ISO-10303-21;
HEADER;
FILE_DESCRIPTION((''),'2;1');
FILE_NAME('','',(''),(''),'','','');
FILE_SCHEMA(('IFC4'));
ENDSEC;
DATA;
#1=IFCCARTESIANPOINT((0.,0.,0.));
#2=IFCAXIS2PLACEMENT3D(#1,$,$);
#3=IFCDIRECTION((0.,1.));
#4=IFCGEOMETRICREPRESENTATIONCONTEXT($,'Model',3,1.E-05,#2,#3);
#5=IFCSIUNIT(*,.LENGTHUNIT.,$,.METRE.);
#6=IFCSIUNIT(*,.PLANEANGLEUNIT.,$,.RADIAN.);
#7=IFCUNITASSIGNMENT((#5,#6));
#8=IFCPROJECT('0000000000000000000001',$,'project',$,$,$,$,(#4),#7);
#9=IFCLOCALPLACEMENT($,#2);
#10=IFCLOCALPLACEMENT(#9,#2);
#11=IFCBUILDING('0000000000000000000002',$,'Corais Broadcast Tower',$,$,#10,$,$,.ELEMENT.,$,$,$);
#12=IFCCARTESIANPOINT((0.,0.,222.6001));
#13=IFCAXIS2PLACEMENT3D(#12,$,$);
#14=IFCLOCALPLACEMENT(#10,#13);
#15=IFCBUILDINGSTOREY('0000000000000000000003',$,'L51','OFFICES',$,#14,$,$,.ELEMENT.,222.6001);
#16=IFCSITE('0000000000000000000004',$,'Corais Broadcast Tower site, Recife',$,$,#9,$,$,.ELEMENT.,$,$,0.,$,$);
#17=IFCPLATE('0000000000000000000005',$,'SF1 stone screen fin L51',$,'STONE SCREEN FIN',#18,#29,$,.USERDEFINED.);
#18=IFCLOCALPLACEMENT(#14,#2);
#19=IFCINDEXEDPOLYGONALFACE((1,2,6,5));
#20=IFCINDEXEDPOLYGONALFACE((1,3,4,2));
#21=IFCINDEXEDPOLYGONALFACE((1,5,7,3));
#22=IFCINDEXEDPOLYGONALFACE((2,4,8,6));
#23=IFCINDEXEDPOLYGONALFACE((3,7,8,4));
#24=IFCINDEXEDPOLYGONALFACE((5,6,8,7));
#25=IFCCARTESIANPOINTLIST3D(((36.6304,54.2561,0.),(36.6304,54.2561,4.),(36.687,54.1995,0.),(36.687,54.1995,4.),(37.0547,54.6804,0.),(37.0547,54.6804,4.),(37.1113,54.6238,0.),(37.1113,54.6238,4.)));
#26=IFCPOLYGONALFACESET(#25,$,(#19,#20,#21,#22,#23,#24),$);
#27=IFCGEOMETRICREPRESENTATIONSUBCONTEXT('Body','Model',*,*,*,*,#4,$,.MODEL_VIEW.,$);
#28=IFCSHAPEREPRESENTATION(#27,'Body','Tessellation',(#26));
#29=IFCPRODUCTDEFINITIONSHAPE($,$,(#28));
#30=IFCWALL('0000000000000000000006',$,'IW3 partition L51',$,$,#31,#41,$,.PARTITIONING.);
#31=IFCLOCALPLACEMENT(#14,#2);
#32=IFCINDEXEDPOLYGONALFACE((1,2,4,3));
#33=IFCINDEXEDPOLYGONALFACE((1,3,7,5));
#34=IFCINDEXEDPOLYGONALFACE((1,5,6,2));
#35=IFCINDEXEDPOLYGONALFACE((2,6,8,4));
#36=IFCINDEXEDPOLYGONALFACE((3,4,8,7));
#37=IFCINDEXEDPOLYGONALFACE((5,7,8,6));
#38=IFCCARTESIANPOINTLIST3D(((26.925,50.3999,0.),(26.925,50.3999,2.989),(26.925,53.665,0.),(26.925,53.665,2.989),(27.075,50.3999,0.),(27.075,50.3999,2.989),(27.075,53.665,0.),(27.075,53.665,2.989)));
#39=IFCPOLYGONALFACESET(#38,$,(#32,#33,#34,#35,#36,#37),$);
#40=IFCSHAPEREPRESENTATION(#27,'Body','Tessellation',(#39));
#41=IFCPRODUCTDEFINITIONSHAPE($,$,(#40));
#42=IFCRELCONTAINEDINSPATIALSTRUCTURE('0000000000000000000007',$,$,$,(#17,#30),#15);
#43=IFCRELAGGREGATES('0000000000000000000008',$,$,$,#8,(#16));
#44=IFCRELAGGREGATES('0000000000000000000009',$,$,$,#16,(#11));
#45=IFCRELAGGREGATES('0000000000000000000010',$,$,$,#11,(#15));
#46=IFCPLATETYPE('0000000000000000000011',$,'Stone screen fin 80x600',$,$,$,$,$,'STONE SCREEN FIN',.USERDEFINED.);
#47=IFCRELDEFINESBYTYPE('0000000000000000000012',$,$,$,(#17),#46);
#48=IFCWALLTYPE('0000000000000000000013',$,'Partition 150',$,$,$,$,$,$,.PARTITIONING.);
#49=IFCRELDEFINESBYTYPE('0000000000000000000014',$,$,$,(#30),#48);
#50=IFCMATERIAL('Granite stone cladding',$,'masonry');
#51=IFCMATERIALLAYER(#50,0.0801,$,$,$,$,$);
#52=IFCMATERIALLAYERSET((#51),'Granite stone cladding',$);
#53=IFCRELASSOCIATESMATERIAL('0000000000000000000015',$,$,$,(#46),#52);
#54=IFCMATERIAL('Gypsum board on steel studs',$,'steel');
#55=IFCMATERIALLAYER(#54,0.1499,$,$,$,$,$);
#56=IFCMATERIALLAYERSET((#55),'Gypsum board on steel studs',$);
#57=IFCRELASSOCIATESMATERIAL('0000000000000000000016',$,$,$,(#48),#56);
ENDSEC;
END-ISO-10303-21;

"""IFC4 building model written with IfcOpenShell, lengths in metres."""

from ifc_helpers import new_model, si_unit, direction, frame, frame_2d, origin, origin_2d, place, context, subcontext, project, spatial, rectangle, extrude, material, layer, layer_set, type_object, element, save


model = new_model("IFC4")

# Units and contexts
model_context = context("Model", 3, precision=1e-05, world=origin(), true_north=direction((0.0, 1.0)))
body_context = subcontext(model_context, "Body", "Model", "MODEL_VIEW")
ifc_project = project(units=[si_unit("LENGTHUNIT", "METRE"), si_unit("PLANEANGLEUNIT", "RADIAN")], contexts=[model_context])

# Site, building, storey
site_placement = place(None, origin())
site = spatial("IfcSite", under=ifc_project, at=site_placement, Name="Corais Broadcast Tower site, Recife", CompositionType="ELEMENT", RefElevation=0.0)
building_placement = place(site_placement, origin())
building = spatial("IfcBuilding", under=site, at=building_placement, Name="Corais Broadcast Tower", CompositionType="ELEMENT")
storey_placement = place(building_placement, frame((0.0, 0.0, 222.6001)))
storey = spatial("IfcBuildingStorey", under=building, at=storey_placement, Name="L51", Description="OFFICES", CompositionType="ELEMENT", Elevation=222.6001)

# Plate
ifc_material_1 = material(Name="Granite stone cladding", Category="masonry")
ifc_layer_1 = layer(ifc_material_1, 0.0801)
ifc_layer_set_1 = layer_set([ifc_layer_1], Name="Granite stone cladding")
plate_type_1 = type_object("IfcPlateType", Name="Stone screen fin 80x600", ElementType="STONE SCREEN FIN", PredefinedType="USERDEFINED", material=ifc_layer_set_1)
plate_1_placement = place(storey_placement, frame((36.8708, 54.4399, 0.0), z_axis=(0.0, 0.0, 1.0), x_axis=(0.707107, -0.707107, 0.0)))
element("IfcPlate", 1, at=plate_1_placement, inside=storey, type_object=plate_type_1, Name="SF1 stone screen fin L51", ObjectType="STONE SCREEN FIN", PredefinedType="USERDEFINED", context=body_context, shape_type="SweptSolid", body=[
    extrude(rectangle(XDim=0.0801, YDim=0.6001, at=origin_2d()), origin(), (0.0, 0.0, 1.0), 4.0),
])

# Wall
ifc_material_2 = material(Name="Gypsum board on steel studs", Category="steel")
ifc_layer_2 = layer(ifc_material_2, 0.1499)
ifc_layer_set_2 = layer_set([ifc_layer_2], Name="Gypsum board on steel studs")
wall_type = type_object("IfcWallType", Name="Partition 150", PredefinedType="PARTITIONING", material=ifc_layer_set_2)
wall_placement = place(storey_placement, frame((27.0, 53.665, 0.0), z_axis=(0.0, 0.0, 1.0), x_axis=(0.0, -1.0, 0.0)))
element("IfcWall", 2, at=wall_placement, inside=storey, type_object=wall_type, Name="IW3 partition L51", PredefinedType="PARTITIONING", context=body_context, shape_type="SweptSolid", body=[
    extrude(rectangle(XDim=3.2651, YDim=0.1499, at=frame_2d((1.6326, 0.0))), origin(), (0.0, 0.0, 1.0), 2.989),
])

save(model, "model.ifc")
